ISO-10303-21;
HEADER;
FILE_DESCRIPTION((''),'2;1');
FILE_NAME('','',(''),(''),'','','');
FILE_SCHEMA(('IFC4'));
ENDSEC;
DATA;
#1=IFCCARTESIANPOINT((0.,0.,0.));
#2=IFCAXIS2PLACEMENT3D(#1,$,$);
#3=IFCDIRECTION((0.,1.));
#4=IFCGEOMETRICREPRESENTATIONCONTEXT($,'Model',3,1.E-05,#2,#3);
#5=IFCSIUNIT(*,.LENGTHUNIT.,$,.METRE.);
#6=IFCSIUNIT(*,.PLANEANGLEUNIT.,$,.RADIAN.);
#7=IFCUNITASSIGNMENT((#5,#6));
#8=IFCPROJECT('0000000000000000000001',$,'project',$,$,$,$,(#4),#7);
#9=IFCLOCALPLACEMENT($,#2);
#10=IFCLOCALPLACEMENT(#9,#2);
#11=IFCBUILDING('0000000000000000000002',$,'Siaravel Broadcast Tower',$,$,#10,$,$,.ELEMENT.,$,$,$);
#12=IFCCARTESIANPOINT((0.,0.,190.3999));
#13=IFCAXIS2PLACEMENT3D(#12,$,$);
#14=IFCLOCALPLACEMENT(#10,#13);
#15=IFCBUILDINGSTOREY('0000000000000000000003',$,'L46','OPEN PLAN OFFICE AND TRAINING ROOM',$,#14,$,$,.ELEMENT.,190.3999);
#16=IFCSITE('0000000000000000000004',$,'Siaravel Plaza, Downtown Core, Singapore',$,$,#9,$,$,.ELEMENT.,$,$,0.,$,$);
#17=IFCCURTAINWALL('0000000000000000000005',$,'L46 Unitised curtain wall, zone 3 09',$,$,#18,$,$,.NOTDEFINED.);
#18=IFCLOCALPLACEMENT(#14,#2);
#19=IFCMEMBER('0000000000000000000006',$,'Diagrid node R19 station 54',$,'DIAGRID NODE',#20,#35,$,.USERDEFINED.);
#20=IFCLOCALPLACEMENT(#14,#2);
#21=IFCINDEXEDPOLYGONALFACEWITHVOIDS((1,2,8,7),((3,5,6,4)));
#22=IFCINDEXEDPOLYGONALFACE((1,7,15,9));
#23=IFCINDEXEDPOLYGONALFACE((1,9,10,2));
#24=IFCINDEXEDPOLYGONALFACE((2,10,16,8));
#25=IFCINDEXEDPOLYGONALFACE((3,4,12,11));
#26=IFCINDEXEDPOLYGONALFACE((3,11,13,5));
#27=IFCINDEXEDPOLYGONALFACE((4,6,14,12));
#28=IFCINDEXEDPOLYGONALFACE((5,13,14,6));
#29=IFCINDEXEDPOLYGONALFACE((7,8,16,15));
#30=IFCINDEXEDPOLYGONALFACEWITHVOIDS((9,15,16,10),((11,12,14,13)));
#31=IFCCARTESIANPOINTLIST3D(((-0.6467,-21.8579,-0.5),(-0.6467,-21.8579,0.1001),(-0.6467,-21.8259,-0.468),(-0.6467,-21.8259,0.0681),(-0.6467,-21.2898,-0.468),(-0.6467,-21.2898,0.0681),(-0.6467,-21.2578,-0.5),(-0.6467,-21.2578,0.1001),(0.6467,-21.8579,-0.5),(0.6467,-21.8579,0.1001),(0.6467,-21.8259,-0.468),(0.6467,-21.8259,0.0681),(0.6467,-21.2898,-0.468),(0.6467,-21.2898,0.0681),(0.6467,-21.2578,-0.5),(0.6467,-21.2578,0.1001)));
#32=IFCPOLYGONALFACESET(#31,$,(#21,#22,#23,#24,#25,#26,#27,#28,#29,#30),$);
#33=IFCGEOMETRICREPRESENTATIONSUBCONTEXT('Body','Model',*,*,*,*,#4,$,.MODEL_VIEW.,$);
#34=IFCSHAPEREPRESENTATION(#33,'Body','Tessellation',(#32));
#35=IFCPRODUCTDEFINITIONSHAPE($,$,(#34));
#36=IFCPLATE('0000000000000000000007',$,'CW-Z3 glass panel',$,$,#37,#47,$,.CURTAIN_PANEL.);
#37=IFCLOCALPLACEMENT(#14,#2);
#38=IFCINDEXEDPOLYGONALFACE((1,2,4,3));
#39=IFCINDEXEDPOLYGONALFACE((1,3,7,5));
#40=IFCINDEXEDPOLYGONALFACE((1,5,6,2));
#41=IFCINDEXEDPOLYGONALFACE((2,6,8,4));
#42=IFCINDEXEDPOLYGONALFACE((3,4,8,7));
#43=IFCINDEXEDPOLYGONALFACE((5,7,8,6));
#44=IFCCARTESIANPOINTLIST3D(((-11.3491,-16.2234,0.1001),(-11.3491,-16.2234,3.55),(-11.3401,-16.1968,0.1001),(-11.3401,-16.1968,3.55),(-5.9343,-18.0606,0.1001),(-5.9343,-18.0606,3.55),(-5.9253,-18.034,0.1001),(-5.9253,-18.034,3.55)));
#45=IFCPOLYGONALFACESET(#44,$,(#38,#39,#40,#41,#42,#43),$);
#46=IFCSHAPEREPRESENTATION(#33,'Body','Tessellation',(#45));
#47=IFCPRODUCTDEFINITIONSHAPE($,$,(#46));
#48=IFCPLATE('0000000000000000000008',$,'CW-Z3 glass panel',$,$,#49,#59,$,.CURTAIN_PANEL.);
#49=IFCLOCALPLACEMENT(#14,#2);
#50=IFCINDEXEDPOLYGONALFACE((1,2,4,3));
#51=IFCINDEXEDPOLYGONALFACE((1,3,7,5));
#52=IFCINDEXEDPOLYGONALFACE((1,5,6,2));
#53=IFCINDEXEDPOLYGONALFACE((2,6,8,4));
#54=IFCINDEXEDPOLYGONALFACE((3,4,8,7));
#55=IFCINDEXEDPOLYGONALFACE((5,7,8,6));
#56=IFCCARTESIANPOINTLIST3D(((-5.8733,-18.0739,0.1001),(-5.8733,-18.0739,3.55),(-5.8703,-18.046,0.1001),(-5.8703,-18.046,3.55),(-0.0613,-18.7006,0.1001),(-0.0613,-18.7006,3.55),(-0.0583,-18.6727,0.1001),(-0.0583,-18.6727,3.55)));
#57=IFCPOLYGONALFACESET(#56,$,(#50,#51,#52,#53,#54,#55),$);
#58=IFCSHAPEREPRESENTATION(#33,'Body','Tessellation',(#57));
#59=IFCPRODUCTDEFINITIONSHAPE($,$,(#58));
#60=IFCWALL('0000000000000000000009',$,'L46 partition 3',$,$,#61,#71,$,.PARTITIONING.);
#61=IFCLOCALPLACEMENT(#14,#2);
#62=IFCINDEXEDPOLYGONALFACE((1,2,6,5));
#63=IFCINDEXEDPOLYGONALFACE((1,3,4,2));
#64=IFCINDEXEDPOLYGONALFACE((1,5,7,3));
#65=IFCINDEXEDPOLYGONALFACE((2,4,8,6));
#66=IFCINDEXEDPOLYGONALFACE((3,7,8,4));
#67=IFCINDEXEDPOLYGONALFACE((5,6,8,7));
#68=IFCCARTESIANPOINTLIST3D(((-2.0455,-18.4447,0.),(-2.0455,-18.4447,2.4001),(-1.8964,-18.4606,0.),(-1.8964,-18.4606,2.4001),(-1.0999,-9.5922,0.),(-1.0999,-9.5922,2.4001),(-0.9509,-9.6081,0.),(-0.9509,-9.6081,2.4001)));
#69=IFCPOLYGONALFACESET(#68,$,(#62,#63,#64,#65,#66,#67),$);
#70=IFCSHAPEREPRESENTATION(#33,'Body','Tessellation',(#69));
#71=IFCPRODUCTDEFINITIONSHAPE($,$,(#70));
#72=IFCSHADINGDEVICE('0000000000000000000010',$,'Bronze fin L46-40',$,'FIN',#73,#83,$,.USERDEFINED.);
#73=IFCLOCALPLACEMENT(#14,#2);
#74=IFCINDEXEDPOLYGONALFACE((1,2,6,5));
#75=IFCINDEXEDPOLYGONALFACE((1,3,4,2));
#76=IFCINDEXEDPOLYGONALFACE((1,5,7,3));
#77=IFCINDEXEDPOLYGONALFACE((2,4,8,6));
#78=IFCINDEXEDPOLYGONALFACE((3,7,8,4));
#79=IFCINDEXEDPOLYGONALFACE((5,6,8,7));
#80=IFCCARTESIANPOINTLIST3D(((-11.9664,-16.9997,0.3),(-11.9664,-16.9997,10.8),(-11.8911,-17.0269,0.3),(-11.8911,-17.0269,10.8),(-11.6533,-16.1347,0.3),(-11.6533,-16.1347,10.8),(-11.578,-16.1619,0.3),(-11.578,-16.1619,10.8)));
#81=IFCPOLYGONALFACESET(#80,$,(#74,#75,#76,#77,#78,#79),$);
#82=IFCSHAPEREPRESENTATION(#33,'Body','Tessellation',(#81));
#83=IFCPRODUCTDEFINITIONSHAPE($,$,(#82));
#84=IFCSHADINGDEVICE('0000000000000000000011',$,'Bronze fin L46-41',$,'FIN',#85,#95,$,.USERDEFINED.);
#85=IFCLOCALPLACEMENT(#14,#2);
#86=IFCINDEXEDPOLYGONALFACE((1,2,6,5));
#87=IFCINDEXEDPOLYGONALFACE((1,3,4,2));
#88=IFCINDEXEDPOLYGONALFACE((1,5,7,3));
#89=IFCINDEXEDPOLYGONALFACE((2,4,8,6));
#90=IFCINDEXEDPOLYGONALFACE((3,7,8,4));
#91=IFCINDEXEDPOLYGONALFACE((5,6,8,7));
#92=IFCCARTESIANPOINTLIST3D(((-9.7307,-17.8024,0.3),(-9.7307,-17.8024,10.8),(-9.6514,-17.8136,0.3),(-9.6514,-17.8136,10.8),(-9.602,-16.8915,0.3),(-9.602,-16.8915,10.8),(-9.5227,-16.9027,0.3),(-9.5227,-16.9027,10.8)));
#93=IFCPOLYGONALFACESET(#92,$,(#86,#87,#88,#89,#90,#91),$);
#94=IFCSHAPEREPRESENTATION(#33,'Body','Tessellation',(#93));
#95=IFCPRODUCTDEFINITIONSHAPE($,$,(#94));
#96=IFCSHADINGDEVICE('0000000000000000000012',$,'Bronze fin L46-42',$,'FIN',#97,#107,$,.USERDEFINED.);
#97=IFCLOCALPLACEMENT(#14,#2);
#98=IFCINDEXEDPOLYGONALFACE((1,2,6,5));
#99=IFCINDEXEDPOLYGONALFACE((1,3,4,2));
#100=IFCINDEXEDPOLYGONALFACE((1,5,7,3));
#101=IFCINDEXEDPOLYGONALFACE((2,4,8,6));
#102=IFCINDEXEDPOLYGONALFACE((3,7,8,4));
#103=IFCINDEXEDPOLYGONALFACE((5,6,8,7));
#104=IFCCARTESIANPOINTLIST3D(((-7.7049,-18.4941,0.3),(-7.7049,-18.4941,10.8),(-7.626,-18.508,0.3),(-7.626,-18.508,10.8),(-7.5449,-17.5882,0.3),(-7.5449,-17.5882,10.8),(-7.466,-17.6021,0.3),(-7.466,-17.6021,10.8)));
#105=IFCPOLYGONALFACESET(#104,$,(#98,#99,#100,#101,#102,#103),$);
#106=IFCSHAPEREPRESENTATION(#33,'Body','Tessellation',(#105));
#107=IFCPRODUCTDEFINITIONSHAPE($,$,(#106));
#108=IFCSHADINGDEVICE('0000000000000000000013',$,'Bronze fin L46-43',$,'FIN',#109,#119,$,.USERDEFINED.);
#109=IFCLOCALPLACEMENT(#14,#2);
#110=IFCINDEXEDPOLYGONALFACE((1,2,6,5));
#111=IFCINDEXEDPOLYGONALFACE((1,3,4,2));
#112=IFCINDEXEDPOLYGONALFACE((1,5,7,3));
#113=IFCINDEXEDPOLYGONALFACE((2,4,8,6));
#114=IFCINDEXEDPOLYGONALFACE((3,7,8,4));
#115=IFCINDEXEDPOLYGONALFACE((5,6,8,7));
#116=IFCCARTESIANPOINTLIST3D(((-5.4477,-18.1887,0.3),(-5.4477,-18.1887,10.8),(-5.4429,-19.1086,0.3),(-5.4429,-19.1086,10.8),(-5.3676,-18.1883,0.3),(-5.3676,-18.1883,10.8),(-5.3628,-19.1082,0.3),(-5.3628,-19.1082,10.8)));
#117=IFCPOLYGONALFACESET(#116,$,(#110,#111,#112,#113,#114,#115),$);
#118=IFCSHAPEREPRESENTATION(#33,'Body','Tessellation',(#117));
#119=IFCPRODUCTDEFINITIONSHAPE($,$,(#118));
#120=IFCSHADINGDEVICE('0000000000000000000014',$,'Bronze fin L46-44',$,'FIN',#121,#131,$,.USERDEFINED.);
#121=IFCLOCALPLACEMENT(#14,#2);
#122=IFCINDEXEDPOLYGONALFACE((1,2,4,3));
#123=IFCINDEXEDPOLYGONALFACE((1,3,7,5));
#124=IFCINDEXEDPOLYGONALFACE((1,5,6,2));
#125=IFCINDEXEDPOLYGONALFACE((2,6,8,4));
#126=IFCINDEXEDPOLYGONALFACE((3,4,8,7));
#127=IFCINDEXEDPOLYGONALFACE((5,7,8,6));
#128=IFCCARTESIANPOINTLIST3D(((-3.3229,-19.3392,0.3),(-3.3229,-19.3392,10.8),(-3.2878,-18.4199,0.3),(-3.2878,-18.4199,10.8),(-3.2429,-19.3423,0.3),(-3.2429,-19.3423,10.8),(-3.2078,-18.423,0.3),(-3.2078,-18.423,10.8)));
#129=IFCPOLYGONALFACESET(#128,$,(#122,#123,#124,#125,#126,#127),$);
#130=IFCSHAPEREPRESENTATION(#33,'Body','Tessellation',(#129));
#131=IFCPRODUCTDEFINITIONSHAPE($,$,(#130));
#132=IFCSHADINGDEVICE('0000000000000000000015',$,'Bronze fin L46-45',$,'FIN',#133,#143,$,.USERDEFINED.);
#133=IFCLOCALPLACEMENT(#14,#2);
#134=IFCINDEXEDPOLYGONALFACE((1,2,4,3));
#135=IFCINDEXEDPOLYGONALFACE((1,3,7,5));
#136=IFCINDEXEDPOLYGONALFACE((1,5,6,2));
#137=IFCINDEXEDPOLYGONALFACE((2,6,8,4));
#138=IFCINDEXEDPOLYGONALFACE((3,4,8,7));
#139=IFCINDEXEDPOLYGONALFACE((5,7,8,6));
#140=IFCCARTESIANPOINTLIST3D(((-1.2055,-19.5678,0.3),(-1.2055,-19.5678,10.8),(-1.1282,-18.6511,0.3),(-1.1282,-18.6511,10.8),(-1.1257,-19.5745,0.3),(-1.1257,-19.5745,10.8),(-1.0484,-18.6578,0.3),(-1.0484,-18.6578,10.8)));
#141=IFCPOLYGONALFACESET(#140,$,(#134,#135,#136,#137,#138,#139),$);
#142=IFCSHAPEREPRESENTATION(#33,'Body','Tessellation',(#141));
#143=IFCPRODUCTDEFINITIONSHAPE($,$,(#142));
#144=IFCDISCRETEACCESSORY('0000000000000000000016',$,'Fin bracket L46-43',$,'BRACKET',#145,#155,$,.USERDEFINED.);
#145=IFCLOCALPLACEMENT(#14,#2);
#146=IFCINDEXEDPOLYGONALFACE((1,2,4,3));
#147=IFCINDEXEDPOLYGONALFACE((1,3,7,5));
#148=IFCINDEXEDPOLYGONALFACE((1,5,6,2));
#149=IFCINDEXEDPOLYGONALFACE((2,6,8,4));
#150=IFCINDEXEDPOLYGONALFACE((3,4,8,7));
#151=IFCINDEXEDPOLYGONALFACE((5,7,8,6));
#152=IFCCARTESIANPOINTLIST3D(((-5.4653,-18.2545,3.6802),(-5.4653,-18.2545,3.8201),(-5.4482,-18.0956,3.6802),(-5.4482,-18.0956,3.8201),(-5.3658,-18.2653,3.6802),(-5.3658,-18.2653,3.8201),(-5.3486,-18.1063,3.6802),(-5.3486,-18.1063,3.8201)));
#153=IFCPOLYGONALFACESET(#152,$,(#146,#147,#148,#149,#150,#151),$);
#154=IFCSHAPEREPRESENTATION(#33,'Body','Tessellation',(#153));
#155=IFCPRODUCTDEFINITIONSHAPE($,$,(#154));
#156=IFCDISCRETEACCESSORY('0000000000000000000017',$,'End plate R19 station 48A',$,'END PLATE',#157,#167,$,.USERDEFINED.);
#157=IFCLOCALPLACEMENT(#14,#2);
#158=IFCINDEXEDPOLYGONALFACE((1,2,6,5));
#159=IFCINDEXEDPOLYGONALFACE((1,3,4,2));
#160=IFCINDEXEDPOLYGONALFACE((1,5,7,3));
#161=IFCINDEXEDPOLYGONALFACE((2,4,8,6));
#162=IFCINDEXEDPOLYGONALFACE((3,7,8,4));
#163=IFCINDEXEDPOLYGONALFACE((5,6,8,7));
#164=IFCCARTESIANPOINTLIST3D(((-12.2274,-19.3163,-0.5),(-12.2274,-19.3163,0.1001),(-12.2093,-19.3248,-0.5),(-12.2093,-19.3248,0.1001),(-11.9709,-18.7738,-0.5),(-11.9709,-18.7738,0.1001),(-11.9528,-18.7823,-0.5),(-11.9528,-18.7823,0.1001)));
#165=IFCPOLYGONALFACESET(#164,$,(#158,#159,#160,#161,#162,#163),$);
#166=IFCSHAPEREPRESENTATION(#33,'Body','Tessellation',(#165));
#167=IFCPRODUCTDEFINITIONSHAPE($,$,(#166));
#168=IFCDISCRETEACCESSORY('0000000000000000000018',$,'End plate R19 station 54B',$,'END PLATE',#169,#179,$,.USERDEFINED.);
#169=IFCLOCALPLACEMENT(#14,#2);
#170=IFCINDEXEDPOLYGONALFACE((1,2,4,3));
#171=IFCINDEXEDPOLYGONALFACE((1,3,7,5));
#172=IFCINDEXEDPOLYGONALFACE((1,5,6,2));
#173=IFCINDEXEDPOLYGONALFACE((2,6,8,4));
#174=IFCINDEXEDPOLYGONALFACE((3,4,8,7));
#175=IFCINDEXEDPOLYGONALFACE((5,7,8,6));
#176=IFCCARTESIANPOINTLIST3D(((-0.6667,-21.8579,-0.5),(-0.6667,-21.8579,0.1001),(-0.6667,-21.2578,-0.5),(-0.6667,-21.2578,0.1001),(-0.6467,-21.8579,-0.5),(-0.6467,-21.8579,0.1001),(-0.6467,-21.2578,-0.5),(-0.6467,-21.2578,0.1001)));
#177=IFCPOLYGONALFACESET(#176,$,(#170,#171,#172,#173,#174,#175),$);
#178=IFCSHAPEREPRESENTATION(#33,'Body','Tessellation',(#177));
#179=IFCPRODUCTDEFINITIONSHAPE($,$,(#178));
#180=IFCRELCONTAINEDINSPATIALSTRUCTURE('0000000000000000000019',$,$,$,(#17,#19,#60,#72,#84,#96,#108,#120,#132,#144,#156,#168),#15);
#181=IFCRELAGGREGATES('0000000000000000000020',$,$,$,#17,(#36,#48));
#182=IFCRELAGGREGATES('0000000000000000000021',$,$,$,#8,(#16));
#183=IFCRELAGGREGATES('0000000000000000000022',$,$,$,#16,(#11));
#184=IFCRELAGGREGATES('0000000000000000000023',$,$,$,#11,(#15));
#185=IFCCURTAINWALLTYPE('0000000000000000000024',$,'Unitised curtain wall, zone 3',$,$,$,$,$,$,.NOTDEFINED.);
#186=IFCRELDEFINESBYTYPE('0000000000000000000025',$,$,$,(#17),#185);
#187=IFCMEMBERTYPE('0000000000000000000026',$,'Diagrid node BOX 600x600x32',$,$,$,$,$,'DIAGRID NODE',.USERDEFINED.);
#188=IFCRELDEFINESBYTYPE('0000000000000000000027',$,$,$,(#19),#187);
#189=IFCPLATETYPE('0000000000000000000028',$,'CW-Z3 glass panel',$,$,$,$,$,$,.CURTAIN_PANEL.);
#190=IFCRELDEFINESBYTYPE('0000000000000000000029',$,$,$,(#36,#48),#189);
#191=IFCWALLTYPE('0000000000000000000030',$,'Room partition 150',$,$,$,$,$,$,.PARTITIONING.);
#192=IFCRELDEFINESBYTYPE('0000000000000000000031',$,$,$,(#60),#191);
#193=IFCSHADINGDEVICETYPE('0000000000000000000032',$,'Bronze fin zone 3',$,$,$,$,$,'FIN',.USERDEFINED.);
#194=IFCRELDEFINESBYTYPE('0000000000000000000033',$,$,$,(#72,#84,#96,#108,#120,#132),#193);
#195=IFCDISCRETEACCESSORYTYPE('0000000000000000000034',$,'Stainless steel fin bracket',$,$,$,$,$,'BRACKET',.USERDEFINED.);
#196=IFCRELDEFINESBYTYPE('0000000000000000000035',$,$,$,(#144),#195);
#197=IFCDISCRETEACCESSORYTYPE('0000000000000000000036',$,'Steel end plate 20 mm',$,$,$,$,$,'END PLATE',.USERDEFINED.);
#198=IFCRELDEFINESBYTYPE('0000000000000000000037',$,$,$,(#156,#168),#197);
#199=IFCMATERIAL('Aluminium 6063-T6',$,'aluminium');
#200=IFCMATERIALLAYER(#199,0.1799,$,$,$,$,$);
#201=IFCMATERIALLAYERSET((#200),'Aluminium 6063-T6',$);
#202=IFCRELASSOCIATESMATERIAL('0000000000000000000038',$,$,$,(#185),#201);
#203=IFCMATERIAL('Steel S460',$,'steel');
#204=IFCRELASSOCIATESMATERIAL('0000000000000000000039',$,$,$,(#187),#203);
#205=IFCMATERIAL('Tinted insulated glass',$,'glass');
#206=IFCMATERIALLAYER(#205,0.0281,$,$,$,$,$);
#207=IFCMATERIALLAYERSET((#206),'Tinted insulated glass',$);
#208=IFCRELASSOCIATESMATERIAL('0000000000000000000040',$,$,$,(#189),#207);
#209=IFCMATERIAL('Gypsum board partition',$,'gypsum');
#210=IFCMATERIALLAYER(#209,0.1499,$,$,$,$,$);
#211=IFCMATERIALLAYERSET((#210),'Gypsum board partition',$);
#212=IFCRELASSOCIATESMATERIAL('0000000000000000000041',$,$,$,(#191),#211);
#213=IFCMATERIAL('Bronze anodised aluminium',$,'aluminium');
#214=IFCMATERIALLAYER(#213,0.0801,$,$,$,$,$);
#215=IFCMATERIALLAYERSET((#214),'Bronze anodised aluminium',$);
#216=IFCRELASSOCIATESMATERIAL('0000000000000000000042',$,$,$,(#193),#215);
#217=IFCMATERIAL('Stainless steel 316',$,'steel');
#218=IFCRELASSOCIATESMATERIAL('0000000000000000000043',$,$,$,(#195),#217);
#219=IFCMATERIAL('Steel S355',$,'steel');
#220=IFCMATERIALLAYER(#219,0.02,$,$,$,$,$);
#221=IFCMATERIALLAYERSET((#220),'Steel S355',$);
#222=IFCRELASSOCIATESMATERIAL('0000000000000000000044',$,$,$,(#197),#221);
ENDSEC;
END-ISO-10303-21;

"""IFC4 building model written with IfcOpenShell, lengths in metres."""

from ifc_helpers import new_model, si_unit, direction, frame, frame_2d, origin, origin_2d, place, context, subcontext, project, spatial, rectangle, hollow_rectangle, extrude, material, layer, layer_set, material_profile, profile_set, type_object, element, aggregate, save


model = new_model("IFC4")

# Units and contexts
model_context = context("Model", 3, precision=1e-05, world=origin(), true_north=direction((0.0, 1.0)))
body_context = subcontext(model_context, "Body", "Model", "MODEL_VIEW")
ifc_project = project(units=[si_unit("LENGTHUNIT", "METRE"), si_unit("PLANEANGLEUNIT", "RADIAN")], contexts=[model_context])

# Site, building, storey
site_placement = place(None, origin())
site = spatial("IfcSite", under=ifc_project, at=site_placement, Name="Siaravel Plaza, Downtown Core, Singapore", CompositionType="ELEMENT", RefElevation=0.0)
building_placement = place(site_placement, origin())
building = spatial("IfcBuilding", under=site, at=building_placement, Name="Siaravel Broadcast Tower", CompositionType="ELEMENT")
storey_placement = place(building_placement, frame((0.0, 0.0, 190.3999)))
storey = spatial("IfcBuildingStorey", under=building, at=storey_placement, Name="L46", Description="OPEN PLAN OFFICE AND TRAINING ROOM", CompositionType="ELEMENT", Elevation=190.3999)

# Shared definitions
ifc_material_1 = material(Name="Steel S355", Category="steel")

# Shared definitions
ifc_material_2 = material(Name="Aluminium 6063-T6", Category="aluminium")
ifc_layer_1 = layer(ifc_material_2, 0.1799)
ifc_layer_set_1 = layer_set([ifc_layer_1], Name="Aluminium 6063-T6")
curtain_wall_type = type_object("IfcCurtainWallType", Name="Unitised curtain wall, zone 3", PredefinedType="NOTDEFINED", material=ifc_layer_set_1)

# Curtain wall
curtain_wall_1_placement = place(storey_placement, origin())
curtain_wall_1 = element("IfcCurtainWall", 1, at=curtain_wall_1_placement, inside=storey, type_object=curtain_wall_type, Name="L46 Unitised curtain wall, zone 3 09", PredefinedType="NOTDEFINED")

# Member
ifc_material_3 = material(Name="Steel S460", Category="steel")
ifc_material_profile_1 = material_profile(ifc_material_3, hollow_rectangle(XDim=0.6001, YDim=0.6001, WallThickness=0.032, at=origin_2d()))
ifc_profile_set_1 = profile_set([ifc_material_profile_1], Name="Steel S460")
member_type_1 = type_object("IfcMemberType", Name="Diagrid node BOX 600x600x32", ElementType="DIAGRID NODE", PredefinedType="USERDEFINED", material=ifc_profile_set_1)
member_1_placement = place(storey_placement, frame((-0.6467, -21.5579, -0.2), z_axis=(1.0, 0.0, 0.0), x_axis=(0.0, 1.0, 0.0)))
element("IfcMember", 2, at=member_1_placement, inside=storey, type_object=member_type_1, Name="Diagrid node R19 station 54", ObjectType="DIAGRID NODE", PredefinedType="USERDEFINED", context=body_context, shape_type="SweptSolid", body=[
    extrude(hollow_rectangle(XDim=0.6001, YDim=0.6001, WallThickness=0.032, at=origin_2d()), origin(), (0.0, 0.0, 1.0), 1.2935),
])

# Plates
ifc_material_4 = material(Name="Tinted insulated glass", Category="glass")
ifc_layer_2 = layer(ifc_material_4, 0.0281)
ifc_layer_set_2 = layer_set([ifc_layer_2], Name="Tinted insulated glass")
plate_type = type_object("IfcPlateType", Name="CW-Z3 glass panel", PredefinedType="CURTAIN_PANEL", material=ifc_layer_set_2)
plate_1_placement = place(storey_placement, frame((-8.6372, -17.1287, 0.1001), z_axis=(0.0, 0.0, 1.0), x_axis=(0.946977, -0.3213, 0.0)))
plate_1 = element("IfcPlate", 3, at=plate_1_placement, type_object=plate_type, Name="CW-Z3 glass panel", PredefinedType="CURTAIN_PANEL", context=body_context, shape_type="SweptSolid", body=[
    extrude(rectangle(XDim=5.718, YDim=0.0281, at=origin_2d()), origin(), (0.0, 0.0, 1.0), 3.45),
])
plate_2_placement = place(storey_placement, frame((-2.9658, -18.3733, 0.1001), z_axis=(0.0, 0.0, 1.0), x_axis=(0.994236, -0.107217, 0.0)))
plate_2 = element("IfcPlate", 4, at=plate_2_placement, type_object=plate_type, Name="CW-Z3 glass panel", PredefinedType="CURTAIN_PANEL", context=body_context, shape_type="SweptSolid", body=[
    extrude(rectangle(XDim=5.8457, YDim=0.0281, at=origin_2d()), origin(), (0.0, 0.0, 1.0), 3.45),
])
aggregate(curtain_wall_1, [plate_1, plate_2])

# Wall
ifc_material_5 = material(Name="Gypsum board partition", Category="gypsum")
ifc_layer_3 = layer(ifc_material_5, 0.1499)
ifc_layer_set_3 = layer_set([ifc_layer_3], Name="Gypsum board partition")
wall_type = type_object("IfcWallType", Name="Room partition 150", PredefinedType="PARTITIONING", material=ifc_layer_set_3)
wall_placement = place(storey_placement, frame((-1.9709, -18.4526, 0.0), z_axis=(0.0, 0.0, 1.0), x_axis=(0.106208, 0.994344, 0.0)))
element("IfcWall", 5, at=wall_placement, inside=storey, type_object=wall_type, Name="L46 partition 3", PredefinedType="PARTITIONING", context=body_context, shape_type="SweptSolid", body=[
    extrude(rectangle(XDim=8.9028, YDim=0.1499, at=frame_2d((4.4514, 0.0))), origin(), (0.0, 0.0, 1.0), 2.4001),
])

# Shading devices
ifc_material_6 = material(Name="Bronze anodised aluminium", Category="aluminium")
ifc_layer_4 = layer(ifc_material_6, 0.0801)
ifc_layer_set_4 = layer_set([ifc_layer_4], Name="Bronze anodised aluminium")
shading_device_type = type_object("IfcShadingDeviceType", Name="Bronze fin zone 3", ElementType="FIN", PredefinedType="USERDEFINED", material=ifc_layer_set_4)
for number, where, z_axis, x_axis, name in (
    (6, (-11.7722, -16.5808, 0.3), (0.0, 0.0, 1.0), (-0.340406, -0.940279, 0.0), "Bronze fin L46-40"),
    (7, (-9.6267, -17.3525, 0.3), (0.0, 0.0, 1.0), (-0.139963, -0.990157, 0.0), "Bronze fin L46-41"),
    (8, (-7.5854, -18.0481, 0.3), (0.0, 0.0, 1.0), (-0.173939, -0.984756, 0.0), "Bronze fin L46-42"),
    (9, (-5.4053, -18.6484, 0.3), (0.0, 0.0, 1.0), (0.005198, -0.999986, 0.0), "Bronze fin L46-43"),
    (10, (-3.2654, -18.8811, 0.3), (0.0, 0.0, 1.0), (-0.03817, -0.999271, 0.0), "Bronze fin L46-44"),
    (11, (-1.127, -19.1128, 0.3), (0.0, 0.0, 1.0), (-0.084107, -0.996457, 0.0), "Bronze fin L46-45"),
):
    element("IfcShadingDevice", number, at=place(storey_placement, frame(where, z_axis=z_axis, x_axis=x_axis)), inside=storey, type_object=shading_device_type, Name=name, ObjectType="FIN", PredefinedType="USERDEFINED", context=body_context, shape_type="SweptSolid", body=[
        extrude(rectangle(XDim=0.9199, YDim=0.0801, at=origin_2d()), origin(), (0.0, 0.0, 1.0), 10.5),
    ])

# Discrete accessories
ifc_material_7 = material(Name="Stainless steel 316", Category="steel")
discrete_accessory_type_1 = type_object("IfcDiscreteAccessoryType", Name="Stainless steel fin bracket", ElementType="BRACKET", PredefinedType="USERDEFINED", material=ifc_material_7)
discrete_accessory_placement = place(storey_placement, frame((-5.407, -18.1804, 3.6802), z_axis=(0.0, 0.0, 1.0), x_axis=(-0.107217, -0.994236, 0.0)))
element("IfcDiscreteAccessory", 12, at=discrete_accessory_placement, inside=storey, type_object=discrete_accessory_type_1, Name="Fin bracket L46-43", ObjectType="BRACKET", PredefinedType="USERDEFINED", context=body_context, shape_type="SweptSolid", body=[
    extrude(rectangle(XDim=0.1599, YDim=0.1001, at=origin_2d()), origin(), (0.0, 0.0, 1.0), 0.1399),
])
ifc_layer_5 = layer(ifc_material_1, 0.02)
ifc_layer_set_5 = layer_set([ifc_layer_5], Name="Steel S355")
discrete_accessory_type_2 = type_object("IfcDiscreteAccessoryType", Name="Steel end plate 20 mm", ElementType="END PLATE", PredefinedType="USERDEFINED", material=ifc_layer_set_5)
for number, where, z_axis, x_axis, name in (
    (13, (-12.0901, -19.0493, -0.5), (0.0, 0.0, 1.0), (0.904007, -0.427517, 0.0), "End plate R19 station 48A"),
    (14, (-0.6567, -21.5579, -0.5), (0.0, 0.0, 1.0), (1.0, 0.0, 0.0), "End plate R19 station 54B"),
):
    element("IfcDiscreteAccessory", number, at=place(storey_placement, frame(where, z_axis=z_axis, x_axis=x_axis)), inside=storey, type_object=discrete_accessory_type_2, Name=name, ObjectType="END PLATE", PredefinedType="USERDEFINED", context=body_context, shape_type="SweptSolid", body=[
        extrude(rectangle(XDim=0.02, YDim=0.6001, at=origin_2d()), origin(), (0.0, 0.0, 1.0), 0.6001),
    ])

save(model, "model.ifc")
